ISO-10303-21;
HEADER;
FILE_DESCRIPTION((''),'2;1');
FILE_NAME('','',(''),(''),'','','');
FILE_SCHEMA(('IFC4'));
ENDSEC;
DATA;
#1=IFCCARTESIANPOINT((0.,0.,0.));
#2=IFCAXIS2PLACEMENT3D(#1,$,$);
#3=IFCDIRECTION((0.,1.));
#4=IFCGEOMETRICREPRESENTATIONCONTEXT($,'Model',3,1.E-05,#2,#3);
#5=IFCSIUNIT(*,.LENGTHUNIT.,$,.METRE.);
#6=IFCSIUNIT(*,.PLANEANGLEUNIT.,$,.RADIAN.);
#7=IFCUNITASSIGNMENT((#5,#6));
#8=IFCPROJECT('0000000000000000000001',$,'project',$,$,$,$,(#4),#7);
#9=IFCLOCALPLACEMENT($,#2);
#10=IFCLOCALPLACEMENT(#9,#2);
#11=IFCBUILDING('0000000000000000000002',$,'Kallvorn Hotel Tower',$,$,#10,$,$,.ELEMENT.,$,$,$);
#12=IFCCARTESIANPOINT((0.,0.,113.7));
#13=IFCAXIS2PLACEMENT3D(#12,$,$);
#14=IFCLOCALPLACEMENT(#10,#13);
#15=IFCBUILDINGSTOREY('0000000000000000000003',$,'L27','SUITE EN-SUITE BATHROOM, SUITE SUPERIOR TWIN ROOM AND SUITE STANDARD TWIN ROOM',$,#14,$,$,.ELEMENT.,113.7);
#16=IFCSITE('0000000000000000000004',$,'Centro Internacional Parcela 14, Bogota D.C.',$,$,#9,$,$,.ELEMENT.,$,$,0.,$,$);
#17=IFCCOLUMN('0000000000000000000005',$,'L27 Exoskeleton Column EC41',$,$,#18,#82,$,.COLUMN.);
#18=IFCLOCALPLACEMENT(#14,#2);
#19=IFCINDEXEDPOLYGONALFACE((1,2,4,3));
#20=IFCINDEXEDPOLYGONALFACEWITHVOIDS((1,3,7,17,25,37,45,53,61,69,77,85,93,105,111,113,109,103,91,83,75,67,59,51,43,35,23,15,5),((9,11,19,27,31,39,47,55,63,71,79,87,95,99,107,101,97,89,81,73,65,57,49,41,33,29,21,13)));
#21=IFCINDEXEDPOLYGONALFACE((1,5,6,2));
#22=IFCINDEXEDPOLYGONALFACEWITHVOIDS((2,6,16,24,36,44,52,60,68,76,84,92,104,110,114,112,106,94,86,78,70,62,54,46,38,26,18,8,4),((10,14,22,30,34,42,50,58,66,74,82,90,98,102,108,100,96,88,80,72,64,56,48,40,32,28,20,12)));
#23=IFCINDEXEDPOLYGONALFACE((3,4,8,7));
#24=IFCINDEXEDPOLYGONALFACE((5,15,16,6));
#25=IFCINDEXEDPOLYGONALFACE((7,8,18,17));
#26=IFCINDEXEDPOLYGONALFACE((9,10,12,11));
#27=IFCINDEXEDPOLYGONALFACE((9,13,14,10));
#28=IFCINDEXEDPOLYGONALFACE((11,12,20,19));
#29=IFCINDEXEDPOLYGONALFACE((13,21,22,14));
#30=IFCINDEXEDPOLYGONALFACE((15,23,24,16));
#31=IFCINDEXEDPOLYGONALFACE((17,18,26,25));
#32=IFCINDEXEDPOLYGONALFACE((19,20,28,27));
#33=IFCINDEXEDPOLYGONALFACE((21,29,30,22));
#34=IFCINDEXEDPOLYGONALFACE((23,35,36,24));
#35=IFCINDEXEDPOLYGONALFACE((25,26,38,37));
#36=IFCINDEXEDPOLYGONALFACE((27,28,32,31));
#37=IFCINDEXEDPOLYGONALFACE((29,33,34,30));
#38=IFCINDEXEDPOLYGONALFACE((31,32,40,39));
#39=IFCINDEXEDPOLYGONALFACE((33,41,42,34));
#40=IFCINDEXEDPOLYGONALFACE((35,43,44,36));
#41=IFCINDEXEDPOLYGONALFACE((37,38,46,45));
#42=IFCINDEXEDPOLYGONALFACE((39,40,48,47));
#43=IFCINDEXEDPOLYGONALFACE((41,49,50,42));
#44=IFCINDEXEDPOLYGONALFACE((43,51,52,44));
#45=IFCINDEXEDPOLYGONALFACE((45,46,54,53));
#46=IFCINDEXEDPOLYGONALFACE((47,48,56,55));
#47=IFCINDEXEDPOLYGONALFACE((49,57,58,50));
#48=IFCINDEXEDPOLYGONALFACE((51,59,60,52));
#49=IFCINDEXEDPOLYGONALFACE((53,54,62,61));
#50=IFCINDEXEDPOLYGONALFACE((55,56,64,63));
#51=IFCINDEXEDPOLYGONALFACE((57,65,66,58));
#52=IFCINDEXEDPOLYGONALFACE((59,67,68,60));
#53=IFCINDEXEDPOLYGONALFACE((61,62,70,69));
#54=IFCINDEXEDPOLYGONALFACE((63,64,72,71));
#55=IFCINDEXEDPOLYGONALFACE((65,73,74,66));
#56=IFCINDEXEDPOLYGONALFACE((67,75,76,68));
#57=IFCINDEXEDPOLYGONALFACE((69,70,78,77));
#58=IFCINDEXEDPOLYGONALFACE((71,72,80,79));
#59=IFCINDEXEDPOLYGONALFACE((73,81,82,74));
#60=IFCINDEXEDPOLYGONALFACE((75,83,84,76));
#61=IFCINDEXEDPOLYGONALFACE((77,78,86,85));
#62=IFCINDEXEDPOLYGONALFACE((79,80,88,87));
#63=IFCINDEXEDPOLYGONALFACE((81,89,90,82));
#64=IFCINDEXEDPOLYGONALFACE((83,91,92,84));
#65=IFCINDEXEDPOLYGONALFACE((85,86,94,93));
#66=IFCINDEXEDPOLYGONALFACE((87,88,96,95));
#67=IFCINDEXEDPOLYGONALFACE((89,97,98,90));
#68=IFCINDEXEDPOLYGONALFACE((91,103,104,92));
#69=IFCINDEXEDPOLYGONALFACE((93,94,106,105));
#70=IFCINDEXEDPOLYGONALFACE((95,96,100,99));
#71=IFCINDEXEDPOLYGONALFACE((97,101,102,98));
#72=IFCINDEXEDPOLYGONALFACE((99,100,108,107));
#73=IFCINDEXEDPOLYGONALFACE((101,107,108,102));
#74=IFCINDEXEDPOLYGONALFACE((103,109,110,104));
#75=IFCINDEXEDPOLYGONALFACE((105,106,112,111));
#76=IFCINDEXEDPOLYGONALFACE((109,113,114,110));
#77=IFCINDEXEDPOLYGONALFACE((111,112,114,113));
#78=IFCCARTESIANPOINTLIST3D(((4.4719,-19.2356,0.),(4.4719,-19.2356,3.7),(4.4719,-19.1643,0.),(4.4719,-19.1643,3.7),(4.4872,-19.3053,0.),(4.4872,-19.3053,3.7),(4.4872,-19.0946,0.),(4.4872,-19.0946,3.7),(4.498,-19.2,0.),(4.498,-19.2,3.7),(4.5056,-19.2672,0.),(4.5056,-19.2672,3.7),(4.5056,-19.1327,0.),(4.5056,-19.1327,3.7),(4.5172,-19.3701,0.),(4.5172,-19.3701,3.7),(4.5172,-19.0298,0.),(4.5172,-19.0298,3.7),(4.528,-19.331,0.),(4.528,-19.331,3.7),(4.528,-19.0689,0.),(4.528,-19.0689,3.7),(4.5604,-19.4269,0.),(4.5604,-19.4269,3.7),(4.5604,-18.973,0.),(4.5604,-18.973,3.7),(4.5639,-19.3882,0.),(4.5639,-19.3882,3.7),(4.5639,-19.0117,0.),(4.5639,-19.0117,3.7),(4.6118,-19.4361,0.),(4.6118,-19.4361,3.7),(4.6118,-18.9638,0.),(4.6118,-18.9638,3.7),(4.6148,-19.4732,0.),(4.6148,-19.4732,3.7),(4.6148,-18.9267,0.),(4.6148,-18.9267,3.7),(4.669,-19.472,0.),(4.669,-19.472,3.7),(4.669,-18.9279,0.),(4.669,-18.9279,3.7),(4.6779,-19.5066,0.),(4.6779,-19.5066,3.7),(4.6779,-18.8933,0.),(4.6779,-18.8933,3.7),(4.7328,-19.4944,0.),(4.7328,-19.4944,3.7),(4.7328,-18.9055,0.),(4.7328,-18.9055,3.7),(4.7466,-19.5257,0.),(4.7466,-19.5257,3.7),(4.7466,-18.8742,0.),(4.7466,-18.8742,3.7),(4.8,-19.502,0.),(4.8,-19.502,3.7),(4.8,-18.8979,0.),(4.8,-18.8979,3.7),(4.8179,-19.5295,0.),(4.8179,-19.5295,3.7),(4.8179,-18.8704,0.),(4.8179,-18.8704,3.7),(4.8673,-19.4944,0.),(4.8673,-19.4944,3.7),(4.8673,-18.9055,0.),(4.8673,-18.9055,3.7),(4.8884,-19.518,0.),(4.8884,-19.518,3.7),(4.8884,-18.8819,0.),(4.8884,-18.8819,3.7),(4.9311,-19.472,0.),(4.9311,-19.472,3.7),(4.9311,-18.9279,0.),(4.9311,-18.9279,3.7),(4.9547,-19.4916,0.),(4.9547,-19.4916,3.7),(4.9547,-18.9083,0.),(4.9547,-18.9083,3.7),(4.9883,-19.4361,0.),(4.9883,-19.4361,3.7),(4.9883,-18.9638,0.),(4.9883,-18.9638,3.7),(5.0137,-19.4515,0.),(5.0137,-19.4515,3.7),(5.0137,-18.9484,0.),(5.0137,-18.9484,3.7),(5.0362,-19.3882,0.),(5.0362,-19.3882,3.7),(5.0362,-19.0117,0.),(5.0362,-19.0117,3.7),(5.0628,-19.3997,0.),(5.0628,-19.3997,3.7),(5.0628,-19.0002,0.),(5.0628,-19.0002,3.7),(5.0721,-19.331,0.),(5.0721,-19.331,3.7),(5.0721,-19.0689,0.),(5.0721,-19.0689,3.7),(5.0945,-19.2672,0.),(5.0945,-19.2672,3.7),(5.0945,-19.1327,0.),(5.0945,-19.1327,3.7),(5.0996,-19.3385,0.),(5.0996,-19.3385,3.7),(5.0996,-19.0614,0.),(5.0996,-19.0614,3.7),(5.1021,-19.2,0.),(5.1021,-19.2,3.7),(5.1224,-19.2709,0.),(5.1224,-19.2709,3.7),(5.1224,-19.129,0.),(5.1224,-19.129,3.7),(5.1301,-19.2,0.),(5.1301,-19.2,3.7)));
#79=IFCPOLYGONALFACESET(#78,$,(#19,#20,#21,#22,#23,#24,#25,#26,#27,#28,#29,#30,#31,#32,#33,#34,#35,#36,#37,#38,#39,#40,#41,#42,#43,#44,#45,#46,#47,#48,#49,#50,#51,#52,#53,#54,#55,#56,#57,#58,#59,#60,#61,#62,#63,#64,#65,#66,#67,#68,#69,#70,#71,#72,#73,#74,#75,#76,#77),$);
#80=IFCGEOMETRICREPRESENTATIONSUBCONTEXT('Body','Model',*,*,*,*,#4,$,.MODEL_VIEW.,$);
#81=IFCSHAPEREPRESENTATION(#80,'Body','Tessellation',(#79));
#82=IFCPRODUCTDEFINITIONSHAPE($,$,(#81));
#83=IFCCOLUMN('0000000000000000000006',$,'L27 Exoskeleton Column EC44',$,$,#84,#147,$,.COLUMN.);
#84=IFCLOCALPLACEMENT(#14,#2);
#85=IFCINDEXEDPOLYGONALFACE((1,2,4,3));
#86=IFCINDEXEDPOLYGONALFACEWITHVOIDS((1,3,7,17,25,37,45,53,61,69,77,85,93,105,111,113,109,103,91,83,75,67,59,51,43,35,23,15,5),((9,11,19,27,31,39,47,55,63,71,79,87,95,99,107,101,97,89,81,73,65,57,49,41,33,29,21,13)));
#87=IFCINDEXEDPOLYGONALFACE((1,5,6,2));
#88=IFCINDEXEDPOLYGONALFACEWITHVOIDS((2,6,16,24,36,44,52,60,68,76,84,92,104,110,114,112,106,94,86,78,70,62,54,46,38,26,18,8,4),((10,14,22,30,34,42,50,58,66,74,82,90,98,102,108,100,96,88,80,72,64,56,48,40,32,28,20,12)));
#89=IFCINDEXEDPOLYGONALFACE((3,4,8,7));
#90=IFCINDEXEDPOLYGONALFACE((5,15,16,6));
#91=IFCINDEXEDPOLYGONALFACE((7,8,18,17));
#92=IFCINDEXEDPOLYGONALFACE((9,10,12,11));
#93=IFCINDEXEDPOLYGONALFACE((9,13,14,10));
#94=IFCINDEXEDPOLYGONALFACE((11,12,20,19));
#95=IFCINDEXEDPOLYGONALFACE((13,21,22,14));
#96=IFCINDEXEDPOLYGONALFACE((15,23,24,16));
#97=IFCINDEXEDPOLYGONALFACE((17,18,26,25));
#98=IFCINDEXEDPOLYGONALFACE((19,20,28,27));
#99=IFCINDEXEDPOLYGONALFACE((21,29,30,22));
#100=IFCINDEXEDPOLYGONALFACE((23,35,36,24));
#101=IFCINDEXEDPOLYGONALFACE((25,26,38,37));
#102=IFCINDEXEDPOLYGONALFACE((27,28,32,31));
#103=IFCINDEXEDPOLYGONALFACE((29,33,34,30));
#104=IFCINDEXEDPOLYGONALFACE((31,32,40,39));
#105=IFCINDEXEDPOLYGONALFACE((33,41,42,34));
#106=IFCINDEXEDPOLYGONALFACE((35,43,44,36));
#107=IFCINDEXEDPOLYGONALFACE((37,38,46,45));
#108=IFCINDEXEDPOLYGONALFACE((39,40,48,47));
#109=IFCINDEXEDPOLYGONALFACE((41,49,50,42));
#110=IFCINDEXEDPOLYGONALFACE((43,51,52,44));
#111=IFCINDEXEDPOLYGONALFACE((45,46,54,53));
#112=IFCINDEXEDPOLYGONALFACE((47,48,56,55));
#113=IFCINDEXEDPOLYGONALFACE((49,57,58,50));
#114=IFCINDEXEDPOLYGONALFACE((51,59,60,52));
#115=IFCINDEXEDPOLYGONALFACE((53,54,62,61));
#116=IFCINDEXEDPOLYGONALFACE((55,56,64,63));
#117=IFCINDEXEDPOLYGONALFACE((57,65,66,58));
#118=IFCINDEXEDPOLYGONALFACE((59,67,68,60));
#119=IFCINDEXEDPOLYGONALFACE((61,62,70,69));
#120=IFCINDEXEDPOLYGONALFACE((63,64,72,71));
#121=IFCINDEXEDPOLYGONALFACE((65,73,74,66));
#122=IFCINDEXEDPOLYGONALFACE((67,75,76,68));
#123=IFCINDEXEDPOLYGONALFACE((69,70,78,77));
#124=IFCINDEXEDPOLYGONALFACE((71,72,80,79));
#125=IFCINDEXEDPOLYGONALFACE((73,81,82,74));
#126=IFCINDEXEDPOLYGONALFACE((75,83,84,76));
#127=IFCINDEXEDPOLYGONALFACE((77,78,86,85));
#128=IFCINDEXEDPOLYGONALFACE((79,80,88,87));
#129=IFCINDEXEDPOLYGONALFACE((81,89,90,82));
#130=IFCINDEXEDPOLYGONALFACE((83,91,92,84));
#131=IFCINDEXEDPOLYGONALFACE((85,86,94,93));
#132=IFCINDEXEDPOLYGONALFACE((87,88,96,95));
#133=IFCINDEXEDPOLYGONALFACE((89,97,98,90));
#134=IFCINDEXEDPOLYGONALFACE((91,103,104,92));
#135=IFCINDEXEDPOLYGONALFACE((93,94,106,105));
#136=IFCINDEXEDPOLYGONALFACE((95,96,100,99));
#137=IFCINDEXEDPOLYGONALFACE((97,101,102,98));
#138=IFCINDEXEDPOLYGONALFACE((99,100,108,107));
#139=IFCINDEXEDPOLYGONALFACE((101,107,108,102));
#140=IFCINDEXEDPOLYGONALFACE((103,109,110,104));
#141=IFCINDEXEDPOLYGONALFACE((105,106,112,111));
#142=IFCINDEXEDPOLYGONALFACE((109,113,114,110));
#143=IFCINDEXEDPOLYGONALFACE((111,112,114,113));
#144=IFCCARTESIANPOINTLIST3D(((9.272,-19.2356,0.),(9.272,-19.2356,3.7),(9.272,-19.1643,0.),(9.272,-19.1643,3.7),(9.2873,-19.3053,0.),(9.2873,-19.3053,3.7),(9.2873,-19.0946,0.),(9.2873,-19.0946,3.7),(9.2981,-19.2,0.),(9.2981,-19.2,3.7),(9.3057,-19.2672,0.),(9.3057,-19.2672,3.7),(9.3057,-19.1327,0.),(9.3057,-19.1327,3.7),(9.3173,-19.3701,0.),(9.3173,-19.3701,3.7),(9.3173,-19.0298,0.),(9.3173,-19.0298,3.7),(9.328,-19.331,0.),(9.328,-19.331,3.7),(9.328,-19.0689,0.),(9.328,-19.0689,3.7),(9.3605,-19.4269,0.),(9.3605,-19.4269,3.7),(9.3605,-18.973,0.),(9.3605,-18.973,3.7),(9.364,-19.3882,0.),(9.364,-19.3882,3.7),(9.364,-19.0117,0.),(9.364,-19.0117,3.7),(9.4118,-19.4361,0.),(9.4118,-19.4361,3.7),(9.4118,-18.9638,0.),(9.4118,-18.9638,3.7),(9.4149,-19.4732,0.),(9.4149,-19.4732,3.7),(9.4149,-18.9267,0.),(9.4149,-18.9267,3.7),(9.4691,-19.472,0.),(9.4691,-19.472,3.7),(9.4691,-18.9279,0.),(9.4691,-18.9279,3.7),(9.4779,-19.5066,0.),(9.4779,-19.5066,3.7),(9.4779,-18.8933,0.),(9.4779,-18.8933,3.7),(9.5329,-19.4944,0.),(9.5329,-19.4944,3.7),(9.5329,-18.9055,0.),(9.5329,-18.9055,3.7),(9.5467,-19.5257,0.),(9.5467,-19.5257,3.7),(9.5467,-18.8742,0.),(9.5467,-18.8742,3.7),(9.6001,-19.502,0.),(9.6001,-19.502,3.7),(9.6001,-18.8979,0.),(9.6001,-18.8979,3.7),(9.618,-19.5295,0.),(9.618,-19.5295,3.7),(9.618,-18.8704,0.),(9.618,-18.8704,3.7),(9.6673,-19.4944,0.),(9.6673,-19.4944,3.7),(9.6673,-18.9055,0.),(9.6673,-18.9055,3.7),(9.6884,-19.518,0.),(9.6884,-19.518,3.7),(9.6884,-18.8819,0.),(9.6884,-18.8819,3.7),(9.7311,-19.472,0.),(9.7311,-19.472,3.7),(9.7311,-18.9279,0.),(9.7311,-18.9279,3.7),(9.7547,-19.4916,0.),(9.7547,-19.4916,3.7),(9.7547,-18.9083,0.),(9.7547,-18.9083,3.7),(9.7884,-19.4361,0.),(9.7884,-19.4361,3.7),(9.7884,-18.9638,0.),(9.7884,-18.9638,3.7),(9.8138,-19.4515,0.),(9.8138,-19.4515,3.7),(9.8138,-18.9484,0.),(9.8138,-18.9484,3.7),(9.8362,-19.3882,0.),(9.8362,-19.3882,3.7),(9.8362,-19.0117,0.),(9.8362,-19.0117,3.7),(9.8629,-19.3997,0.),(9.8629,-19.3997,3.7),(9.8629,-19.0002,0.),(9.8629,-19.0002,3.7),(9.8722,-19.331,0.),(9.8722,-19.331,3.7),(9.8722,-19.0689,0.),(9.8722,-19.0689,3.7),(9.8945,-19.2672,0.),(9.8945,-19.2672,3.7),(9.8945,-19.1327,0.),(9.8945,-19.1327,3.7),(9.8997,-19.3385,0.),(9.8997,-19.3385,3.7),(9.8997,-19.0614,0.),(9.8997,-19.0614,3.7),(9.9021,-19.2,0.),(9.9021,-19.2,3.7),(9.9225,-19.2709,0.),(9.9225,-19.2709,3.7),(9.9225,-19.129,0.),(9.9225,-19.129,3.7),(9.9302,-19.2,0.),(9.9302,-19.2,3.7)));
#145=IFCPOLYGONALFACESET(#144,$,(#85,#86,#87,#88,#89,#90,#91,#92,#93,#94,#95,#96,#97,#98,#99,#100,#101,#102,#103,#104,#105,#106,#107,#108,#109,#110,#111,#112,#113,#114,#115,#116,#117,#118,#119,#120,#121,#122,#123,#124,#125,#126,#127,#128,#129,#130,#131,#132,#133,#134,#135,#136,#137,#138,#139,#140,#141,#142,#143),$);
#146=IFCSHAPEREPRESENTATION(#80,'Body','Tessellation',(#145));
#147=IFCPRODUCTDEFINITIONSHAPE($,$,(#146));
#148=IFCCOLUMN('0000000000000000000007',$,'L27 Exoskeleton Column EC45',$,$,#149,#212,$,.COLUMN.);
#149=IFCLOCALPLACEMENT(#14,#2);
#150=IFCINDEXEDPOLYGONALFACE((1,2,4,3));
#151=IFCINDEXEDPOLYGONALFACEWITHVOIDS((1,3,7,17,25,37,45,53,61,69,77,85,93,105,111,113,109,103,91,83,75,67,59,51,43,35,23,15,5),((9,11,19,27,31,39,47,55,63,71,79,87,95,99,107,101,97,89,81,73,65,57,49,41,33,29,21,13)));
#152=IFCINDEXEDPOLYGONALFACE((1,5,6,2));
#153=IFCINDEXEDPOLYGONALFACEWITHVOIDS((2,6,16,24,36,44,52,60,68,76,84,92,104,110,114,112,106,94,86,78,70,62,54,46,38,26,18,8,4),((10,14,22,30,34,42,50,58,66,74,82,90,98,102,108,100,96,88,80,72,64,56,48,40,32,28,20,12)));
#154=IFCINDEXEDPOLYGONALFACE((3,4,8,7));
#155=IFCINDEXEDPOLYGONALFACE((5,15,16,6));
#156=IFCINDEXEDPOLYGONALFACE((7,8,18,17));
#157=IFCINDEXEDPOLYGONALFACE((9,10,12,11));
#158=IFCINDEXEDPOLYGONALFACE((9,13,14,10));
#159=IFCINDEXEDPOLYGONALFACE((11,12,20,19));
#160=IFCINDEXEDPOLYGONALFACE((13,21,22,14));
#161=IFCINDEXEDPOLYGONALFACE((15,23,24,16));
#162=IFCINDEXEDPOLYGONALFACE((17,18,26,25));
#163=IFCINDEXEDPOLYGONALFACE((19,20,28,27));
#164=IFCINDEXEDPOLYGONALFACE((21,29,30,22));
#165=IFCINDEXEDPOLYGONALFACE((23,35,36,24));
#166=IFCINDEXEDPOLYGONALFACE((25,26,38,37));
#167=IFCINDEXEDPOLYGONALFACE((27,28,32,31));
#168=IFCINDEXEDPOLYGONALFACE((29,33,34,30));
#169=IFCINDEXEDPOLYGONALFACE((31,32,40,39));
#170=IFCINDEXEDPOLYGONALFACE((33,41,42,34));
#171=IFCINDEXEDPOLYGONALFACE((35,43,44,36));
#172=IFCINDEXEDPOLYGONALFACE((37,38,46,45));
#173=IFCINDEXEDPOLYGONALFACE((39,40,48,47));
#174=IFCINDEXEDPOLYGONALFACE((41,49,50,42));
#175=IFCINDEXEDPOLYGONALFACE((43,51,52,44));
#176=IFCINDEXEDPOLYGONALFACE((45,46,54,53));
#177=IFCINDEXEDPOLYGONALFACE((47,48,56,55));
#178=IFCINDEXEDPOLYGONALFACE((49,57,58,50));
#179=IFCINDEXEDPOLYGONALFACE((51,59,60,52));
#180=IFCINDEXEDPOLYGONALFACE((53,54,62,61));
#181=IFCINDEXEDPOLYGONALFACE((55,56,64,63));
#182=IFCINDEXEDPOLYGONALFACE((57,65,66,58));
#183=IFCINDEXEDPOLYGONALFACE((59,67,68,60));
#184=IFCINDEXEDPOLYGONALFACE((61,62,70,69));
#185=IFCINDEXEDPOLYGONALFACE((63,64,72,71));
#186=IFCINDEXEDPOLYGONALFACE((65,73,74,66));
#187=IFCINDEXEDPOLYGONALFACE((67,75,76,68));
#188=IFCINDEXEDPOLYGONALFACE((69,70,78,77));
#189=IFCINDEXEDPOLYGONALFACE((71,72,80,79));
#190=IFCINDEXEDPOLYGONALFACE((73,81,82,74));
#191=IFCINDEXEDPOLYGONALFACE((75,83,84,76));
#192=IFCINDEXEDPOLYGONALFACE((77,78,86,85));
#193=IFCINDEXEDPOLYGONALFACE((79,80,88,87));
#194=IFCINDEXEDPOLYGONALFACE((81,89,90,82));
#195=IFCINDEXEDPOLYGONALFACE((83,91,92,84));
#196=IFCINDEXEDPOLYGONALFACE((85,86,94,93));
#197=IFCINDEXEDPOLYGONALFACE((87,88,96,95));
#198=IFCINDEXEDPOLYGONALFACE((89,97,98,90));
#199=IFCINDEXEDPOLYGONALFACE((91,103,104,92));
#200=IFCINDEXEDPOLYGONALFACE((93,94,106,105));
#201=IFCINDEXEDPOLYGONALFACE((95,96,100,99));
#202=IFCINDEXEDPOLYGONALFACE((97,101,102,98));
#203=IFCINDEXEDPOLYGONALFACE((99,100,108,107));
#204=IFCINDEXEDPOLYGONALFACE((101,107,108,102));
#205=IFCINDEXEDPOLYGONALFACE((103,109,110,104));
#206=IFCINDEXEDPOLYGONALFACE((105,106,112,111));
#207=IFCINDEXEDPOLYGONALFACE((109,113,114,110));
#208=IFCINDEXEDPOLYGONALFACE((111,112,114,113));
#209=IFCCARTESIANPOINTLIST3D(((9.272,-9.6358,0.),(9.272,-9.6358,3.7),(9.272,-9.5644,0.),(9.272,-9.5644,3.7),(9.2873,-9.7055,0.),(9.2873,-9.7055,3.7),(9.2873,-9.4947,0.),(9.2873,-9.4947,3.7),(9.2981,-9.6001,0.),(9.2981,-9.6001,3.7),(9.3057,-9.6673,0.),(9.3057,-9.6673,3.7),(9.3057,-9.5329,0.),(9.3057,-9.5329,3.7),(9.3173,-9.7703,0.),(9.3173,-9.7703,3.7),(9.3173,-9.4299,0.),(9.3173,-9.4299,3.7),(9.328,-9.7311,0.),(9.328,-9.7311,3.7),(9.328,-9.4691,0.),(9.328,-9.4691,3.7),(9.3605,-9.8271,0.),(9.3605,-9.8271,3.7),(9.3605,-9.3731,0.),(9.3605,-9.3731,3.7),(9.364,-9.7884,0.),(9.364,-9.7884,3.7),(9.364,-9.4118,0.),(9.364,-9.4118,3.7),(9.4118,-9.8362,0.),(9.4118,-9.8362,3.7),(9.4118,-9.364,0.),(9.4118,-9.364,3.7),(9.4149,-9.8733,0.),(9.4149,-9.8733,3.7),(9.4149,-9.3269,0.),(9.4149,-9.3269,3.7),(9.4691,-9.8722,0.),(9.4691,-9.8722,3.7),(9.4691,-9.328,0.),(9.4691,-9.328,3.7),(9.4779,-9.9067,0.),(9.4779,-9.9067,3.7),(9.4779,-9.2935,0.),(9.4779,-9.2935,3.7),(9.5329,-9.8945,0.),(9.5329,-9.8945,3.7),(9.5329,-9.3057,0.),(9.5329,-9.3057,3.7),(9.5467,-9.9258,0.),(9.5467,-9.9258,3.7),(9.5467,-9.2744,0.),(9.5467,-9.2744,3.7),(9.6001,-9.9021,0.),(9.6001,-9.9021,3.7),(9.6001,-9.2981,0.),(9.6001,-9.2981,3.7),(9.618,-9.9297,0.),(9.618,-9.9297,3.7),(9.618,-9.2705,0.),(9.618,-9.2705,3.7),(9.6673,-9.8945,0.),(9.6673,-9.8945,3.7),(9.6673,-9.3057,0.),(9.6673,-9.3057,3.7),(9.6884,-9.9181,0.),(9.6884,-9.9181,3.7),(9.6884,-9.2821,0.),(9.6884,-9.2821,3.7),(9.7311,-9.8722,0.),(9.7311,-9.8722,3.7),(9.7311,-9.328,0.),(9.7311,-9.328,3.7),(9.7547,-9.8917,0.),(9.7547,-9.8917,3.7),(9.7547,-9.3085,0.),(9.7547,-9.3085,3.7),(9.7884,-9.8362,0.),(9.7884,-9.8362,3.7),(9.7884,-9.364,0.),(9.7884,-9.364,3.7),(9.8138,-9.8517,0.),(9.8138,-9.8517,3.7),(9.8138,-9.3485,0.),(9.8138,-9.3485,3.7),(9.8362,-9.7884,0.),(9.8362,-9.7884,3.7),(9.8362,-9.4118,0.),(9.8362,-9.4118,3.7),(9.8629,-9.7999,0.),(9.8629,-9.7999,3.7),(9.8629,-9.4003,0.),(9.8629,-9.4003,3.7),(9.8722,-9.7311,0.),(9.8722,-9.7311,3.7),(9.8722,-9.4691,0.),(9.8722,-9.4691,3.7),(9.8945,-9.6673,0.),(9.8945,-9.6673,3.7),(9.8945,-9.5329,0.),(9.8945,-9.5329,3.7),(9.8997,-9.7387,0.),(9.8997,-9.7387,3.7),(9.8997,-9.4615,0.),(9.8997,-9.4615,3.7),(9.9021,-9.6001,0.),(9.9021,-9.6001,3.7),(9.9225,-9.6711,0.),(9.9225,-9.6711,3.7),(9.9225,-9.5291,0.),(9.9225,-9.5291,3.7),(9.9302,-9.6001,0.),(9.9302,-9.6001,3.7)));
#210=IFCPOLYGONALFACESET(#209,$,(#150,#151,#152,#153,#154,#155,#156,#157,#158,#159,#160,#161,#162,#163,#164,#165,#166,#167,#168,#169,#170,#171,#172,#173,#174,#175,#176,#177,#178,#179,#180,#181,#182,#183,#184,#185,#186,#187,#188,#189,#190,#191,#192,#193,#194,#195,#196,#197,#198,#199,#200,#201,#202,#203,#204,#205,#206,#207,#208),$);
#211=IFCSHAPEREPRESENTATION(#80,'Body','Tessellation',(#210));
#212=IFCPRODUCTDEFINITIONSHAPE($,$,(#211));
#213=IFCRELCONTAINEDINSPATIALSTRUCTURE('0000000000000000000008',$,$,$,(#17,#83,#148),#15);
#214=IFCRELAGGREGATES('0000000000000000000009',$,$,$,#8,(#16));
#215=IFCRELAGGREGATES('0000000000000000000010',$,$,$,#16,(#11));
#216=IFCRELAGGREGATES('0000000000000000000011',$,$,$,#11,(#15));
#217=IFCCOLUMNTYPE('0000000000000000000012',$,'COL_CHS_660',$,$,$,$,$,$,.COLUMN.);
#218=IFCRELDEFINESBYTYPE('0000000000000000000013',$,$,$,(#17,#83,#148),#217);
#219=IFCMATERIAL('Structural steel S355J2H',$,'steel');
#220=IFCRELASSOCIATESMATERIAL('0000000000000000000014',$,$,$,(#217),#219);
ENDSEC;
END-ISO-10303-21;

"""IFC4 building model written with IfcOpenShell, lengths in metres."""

from ifc_helpers import new_model, si_unit, direction, frame, origin, origin_2d, place, context, subcontext, project, spatial, hollow_circle, extrude, material, material_profile, profile_set, type_object, element, save


model = new_model("IFC4")

# Units and contexts
model_context = context("Model", 3, precision=1e-05, world=origin(), true_north=direction((0.0, 1.0)))
body_context = subcontext(model_context, "Body", "Model", "MODEL_VIEW")
ifc_project = project(units=[si_unit("LENGTHUNIT", "METRE"), si_unit("PLANEANGLEUNIT", "RADIAN")], contexts=[model_context])

# Site, building, storey
site_placement = place(None, origin())
site = spatial("IfcSite", under=ifc_project, at=site_placement, Name="Centro Internacional Parcela 14, Bogota D.C.", CompositionType="ELEMENT", RefElevation=0.0)
building_placement = place(site_placement, origin())
building = spatial("IfcBuilding", under=site, at=building_placement, Name="Kallvorn Hotel Tower", CompositionType="ELEMENT")
storey_placement = place(building_placement, frame((0.0, 0.0, 113.7)))
storey = spatial("IfcBuildingStorey", under=building, at=storey_placement, Name="L27", Description="SUITE EN-SUITE BATHROOM, SUITE SUPERIOR TWIN ROOM AND SUITE STANDARD TWIN ROOM", CompositionType="ELEMENT", Elevation=113.7)

# Columns
ifc_material_1 = material(Name="Structural steel S355J2H", Category="steel")
ifc_material_profile_1 = material_profile(ifc_material_1, hollow_circle(Radius=0.3301, WallThickness=0.0281, at=origin_2d()), Name="CHS 660x28")
ifc_profile_set_1 = profile_set([ifc_material_profile_1], Name="Structural steel S355J2H")
column_type_1 = type_object("IfcColumnType", Name="COL_CHS_660", PredefinedType="COLUMN", material=ifc_profile_set_1)
for number, where, z_axis, x_axis, name in (
    (1, (4.8, -19.2, 0.0), (0.0, 0.0, 1.0), (1.0, 0.0, 0.0), "L27 Exoskeleton Column EC41"),
    (2, (9.6001, -19.2, 0.0), (0.0, 0.0, 1.0), (1.0, 0.0, 0.0), "L27 Exoskeleton Column EC44"),
    (3, (9.6001, -9.6001, 0.0), (0.0, 0.0, 1.0), (1.0, 0.0, 0.0), "L27 Exoskeleton Column EC45"),
):
    element("IfcColumn", number, at=place(storey_placement, frame(where, z_axis=z_axis, x_axis=x_axis)), inside=storey, type_object=column_type_1, Name=name, PredefinedType="COLUMN", context=body_context, shape_type="SweptSolid", body=[
        extrude(hollow_circle(Radius=0.3301, WallThickness=0.0281, at=origin_2d()), origin(), (0.0, 0.0, 1.0), 3.7),
    ])

save(model, "model.ifc")
